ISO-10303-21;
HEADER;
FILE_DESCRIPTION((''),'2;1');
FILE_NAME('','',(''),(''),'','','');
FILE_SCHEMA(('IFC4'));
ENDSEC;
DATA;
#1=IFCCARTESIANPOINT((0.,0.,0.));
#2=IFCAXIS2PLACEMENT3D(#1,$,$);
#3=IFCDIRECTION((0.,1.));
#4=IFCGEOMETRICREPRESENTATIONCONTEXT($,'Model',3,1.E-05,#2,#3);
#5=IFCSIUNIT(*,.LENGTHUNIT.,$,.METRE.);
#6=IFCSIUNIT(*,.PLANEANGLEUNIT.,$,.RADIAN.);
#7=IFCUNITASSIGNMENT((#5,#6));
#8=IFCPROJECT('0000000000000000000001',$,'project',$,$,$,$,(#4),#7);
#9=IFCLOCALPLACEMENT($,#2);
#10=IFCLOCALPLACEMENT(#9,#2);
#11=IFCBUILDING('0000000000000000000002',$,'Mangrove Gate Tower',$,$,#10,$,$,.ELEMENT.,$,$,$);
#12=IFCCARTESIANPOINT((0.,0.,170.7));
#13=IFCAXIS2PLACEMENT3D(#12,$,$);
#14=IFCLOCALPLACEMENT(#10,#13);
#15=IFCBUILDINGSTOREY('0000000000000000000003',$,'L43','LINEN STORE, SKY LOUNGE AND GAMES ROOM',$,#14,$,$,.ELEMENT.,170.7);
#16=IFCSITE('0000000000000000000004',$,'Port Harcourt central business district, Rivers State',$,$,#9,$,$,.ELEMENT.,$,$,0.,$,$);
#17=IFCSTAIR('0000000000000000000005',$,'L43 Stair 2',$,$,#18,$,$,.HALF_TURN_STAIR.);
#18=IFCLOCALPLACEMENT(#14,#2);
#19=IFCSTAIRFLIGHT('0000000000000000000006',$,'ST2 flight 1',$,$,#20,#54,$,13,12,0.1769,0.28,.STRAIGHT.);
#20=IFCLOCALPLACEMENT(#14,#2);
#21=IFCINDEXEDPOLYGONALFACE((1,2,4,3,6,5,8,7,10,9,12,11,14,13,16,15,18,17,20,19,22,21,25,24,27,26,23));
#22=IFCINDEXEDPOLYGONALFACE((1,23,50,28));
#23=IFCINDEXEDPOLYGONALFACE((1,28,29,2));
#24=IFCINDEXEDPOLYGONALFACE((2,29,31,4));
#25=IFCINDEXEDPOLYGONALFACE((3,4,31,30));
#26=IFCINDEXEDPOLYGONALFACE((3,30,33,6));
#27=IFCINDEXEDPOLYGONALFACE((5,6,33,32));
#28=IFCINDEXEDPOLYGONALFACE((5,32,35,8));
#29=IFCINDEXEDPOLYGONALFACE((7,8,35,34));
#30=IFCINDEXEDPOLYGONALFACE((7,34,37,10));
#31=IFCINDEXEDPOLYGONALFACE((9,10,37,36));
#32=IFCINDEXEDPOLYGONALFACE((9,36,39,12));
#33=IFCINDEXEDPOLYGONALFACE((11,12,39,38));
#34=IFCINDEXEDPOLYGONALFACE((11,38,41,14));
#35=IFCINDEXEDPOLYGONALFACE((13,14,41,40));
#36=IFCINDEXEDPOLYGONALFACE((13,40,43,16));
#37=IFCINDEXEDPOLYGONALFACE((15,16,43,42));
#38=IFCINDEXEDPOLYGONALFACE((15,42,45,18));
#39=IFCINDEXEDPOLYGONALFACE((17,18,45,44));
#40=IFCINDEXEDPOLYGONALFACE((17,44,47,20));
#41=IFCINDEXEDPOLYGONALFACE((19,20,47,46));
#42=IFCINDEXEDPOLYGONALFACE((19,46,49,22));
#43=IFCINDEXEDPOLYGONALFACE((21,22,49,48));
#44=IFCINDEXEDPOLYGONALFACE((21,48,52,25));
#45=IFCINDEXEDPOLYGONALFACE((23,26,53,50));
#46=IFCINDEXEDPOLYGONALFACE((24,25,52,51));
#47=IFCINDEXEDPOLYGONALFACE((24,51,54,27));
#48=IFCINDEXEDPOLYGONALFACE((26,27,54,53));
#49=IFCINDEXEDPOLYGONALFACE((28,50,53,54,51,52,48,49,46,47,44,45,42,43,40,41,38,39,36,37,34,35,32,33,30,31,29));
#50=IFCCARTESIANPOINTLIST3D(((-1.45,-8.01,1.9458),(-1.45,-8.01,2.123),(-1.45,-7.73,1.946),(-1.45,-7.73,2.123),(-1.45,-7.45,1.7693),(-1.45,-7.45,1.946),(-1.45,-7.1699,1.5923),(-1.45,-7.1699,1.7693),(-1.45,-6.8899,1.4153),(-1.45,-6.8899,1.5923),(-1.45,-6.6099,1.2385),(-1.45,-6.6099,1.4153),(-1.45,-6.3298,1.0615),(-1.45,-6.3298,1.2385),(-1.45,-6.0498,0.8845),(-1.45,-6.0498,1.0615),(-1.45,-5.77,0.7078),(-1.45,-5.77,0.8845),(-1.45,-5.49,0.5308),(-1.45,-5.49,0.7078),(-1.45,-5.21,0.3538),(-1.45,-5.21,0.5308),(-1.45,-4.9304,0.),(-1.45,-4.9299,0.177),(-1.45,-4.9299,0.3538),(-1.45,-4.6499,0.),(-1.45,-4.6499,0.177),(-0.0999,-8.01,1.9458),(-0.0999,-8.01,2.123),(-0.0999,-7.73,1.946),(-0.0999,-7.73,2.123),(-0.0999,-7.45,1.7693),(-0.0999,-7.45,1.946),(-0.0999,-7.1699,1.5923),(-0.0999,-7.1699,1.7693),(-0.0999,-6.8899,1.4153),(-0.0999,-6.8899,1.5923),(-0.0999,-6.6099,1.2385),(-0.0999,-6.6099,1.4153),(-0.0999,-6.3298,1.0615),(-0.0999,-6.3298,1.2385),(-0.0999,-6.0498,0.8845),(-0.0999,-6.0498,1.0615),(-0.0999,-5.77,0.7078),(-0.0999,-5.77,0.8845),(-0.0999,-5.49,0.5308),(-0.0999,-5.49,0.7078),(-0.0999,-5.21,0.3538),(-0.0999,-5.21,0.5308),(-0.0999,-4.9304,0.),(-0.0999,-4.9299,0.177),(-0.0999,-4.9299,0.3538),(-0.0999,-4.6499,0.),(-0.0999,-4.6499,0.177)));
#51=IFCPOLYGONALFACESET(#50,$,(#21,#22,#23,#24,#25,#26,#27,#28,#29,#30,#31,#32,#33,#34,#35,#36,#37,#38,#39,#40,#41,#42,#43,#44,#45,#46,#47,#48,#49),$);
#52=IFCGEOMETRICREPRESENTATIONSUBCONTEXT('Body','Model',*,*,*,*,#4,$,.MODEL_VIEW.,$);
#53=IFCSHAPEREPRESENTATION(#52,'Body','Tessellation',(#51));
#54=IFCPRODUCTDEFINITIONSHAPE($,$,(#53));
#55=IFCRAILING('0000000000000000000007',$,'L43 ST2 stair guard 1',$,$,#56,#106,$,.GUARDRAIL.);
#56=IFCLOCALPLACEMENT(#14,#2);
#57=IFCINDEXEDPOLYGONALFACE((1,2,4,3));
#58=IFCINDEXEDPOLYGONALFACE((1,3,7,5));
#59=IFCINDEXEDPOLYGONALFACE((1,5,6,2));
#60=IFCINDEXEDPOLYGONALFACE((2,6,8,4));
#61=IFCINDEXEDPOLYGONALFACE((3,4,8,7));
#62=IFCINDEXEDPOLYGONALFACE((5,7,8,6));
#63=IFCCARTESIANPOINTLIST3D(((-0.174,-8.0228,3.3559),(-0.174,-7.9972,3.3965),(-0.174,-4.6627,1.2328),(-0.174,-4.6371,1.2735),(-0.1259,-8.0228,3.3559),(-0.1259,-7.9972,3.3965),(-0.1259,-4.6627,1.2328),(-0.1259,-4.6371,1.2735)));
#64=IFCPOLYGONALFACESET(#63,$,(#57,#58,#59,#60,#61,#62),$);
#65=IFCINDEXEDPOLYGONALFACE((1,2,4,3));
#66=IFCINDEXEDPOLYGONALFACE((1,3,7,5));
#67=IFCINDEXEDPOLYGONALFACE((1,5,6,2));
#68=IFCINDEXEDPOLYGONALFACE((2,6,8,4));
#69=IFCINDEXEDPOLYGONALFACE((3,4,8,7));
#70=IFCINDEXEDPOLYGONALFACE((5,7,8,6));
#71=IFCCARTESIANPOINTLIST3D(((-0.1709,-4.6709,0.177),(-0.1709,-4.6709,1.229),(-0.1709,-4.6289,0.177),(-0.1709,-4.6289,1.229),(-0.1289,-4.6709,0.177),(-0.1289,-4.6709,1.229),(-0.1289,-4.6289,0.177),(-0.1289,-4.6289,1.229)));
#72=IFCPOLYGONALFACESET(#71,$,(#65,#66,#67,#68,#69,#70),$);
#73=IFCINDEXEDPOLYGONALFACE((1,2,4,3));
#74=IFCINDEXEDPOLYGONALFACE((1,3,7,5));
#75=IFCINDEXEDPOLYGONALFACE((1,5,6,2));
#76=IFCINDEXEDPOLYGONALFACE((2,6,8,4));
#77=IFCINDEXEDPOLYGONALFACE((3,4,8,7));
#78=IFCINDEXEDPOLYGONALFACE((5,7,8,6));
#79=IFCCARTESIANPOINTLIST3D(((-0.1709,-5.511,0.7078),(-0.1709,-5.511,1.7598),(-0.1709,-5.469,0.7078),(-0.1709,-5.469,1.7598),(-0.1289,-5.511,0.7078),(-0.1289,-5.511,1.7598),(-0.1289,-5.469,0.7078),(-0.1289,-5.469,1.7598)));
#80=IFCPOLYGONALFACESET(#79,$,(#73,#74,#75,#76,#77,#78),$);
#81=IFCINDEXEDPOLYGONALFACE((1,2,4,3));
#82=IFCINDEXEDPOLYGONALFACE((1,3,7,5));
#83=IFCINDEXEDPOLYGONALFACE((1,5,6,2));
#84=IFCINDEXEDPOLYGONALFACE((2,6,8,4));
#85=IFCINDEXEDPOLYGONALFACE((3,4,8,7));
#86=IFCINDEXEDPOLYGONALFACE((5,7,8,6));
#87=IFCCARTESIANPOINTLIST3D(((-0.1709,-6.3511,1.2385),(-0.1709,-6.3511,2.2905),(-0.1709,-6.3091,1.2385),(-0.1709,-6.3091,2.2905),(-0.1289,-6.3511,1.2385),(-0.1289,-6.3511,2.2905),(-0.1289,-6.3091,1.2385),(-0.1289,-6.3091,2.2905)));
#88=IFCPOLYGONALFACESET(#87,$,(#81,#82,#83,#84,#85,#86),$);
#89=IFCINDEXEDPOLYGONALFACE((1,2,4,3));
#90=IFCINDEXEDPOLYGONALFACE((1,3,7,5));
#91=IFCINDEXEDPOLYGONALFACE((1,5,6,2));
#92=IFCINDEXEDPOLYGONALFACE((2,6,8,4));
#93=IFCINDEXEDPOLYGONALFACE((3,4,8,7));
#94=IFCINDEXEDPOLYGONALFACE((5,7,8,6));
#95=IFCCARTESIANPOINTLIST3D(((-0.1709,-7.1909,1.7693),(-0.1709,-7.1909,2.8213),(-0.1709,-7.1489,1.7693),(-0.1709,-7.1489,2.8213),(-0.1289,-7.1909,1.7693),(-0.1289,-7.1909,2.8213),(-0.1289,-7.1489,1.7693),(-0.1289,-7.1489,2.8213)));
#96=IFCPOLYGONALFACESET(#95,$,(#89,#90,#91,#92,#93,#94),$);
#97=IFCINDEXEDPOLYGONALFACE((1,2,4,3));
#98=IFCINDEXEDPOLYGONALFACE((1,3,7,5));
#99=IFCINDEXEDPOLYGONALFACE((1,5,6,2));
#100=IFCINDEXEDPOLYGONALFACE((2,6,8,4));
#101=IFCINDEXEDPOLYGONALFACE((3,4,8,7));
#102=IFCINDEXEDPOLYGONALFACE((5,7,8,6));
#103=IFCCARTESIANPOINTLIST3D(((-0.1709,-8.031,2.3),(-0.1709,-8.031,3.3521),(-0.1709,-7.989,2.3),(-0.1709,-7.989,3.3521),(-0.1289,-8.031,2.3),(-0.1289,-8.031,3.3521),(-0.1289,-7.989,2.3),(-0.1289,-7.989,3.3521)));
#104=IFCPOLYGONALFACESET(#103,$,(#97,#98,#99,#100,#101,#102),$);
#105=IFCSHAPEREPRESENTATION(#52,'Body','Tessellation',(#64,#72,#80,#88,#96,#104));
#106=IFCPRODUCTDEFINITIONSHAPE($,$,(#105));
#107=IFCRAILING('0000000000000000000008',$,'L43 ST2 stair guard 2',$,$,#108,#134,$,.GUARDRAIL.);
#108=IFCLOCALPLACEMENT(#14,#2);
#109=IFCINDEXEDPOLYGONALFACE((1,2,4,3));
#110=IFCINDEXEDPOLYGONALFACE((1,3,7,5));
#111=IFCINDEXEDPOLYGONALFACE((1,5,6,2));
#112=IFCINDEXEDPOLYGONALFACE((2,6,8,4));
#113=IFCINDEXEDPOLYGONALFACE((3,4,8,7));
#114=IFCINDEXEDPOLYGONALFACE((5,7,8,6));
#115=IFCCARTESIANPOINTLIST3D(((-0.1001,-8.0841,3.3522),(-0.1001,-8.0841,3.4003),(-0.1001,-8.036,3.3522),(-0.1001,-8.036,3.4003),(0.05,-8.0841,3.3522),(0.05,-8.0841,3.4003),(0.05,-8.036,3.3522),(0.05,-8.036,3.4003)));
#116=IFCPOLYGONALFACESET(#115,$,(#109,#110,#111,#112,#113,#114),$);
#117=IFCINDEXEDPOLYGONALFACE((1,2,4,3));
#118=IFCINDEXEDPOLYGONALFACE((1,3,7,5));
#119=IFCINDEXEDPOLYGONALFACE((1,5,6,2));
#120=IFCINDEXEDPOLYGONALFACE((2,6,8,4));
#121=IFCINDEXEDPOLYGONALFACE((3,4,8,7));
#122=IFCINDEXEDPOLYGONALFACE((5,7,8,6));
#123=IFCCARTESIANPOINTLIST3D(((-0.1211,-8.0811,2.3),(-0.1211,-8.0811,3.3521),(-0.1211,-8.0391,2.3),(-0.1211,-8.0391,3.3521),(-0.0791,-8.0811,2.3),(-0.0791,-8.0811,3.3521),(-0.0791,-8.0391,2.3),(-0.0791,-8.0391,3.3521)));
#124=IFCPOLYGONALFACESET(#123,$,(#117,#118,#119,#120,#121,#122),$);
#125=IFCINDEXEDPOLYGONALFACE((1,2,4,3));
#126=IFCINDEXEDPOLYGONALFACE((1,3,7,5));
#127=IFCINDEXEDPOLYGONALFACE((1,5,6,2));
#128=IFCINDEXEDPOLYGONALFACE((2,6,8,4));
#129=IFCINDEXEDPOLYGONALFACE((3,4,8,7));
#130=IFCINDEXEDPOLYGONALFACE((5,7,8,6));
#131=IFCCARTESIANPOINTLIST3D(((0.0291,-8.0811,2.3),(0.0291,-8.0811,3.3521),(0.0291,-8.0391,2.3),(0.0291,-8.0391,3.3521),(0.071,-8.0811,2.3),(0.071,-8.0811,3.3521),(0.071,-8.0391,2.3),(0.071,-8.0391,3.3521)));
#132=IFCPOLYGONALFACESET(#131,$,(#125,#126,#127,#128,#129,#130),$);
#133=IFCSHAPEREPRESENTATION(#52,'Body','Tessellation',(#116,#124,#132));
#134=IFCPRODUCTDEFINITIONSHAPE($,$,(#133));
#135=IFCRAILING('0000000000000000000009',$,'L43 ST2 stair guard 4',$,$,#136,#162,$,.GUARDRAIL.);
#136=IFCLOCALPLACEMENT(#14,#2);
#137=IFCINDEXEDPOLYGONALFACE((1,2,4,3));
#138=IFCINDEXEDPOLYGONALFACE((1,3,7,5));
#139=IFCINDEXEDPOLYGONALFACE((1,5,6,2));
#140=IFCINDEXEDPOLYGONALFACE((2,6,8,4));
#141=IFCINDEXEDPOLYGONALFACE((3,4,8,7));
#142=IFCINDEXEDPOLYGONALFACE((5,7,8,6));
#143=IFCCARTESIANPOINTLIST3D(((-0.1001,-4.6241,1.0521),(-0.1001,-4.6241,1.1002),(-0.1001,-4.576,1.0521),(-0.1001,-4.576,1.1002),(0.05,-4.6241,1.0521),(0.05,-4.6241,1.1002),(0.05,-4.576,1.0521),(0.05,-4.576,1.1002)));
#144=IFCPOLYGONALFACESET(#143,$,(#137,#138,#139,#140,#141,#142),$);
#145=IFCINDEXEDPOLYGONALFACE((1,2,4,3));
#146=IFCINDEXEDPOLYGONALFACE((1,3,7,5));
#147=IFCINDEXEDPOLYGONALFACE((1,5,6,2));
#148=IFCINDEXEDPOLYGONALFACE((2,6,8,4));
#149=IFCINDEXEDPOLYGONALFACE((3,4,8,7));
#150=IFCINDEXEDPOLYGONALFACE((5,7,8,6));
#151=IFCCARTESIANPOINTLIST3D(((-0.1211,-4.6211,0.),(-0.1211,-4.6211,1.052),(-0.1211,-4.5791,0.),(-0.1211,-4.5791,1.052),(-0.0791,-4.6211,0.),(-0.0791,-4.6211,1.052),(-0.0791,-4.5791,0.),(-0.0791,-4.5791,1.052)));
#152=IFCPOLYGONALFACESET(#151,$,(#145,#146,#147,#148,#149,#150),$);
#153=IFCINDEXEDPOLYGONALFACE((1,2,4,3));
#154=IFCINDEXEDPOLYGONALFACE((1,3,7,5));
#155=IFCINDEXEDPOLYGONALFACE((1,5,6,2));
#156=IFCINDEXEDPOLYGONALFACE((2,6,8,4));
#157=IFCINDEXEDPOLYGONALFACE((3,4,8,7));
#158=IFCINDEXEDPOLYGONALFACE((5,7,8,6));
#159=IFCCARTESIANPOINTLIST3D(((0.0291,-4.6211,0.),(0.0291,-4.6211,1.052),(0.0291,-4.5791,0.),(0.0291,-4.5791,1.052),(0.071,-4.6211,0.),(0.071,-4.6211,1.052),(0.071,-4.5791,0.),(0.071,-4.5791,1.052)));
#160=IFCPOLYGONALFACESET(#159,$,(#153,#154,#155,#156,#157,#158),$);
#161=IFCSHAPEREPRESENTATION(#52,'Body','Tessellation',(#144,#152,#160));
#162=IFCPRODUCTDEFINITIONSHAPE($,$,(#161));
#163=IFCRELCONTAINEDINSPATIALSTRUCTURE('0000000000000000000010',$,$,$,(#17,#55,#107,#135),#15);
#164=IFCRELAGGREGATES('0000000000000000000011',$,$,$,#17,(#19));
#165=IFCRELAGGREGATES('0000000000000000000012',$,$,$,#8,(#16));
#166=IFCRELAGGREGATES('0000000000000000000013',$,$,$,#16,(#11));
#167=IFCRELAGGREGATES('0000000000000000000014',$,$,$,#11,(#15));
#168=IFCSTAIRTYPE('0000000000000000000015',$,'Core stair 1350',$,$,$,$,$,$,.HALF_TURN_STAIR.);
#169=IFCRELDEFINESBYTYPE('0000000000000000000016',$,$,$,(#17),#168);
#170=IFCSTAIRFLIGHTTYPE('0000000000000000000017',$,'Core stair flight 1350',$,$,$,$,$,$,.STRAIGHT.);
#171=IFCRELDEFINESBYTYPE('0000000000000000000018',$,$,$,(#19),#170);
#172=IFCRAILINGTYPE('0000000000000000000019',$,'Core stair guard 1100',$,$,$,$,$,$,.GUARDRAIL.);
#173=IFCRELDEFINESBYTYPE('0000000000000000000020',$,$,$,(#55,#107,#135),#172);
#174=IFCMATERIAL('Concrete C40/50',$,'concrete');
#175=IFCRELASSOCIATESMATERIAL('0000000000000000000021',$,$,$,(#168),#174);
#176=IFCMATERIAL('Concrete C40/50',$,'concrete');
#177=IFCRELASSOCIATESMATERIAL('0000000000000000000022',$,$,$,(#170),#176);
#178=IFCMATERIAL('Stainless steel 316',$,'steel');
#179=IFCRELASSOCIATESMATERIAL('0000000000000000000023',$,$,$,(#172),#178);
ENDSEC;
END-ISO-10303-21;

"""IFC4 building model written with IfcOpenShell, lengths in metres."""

from ifc_helpers import new_model, si_unit, direction, frame, origin, origin_2d, place, context, subcontext, project, spatial, polyline, rectangle, outline, extrude, material, type_object, element, aggregate, save


model = new_model("IFC4")

# Units and contexts
model_context = context("Model", 3, precision=1e-05, world=origin(), true_north=direction((0.0, 1.0)))
body_context = subcontext(model_context, "Body", "Model", "MODEL_VIEW")
ifc_project = project(units=[si_unit("LENGTHUNIT", "METRE"), si_unit("PLANEANGLEUNIT", "RADIAN")], contexts=[model_context])

# Site, building, storey
site_placement = place(None, origin())
site = spatial("IfcSite", under=ifc_project, at=site_placement, Name="Port Harcourt central business district, Rivers State", CompositionType="ELEMENT", RefElevation=0.0)
building_placement = place(site_placement, origin())
building = spatial("IfcBuilding", under=site, at=building_placement, Name="Mangrove Gate Tower", CompositionType="ELEMENT")
storey_placement = place(building_placement, frame((0.0, 0.0, 170.7)))
storey = spatial("IfcBuildingStorey", under=building, at=storey_placement, Name="L43", Description="LINEN STORE, SKY LOUNGE AND GAMES ROOM", CompositionType="ELEMENT", Elevation=170.7)

# Stair, stair flight
ifc_material_1 = material(Name="Concrete C40/50", Category="concrete")
stair_type = type_object("IfcStairType", Name="Core stair 1350", PredefinedType="HALF_TURN_STAIR", material=ifc_material_1)
ifc_material_2 = material(Name="Concrete C40/50", Category="concrete")
stair_flight_type = type_object("IfcStairFlightType", Name="Core stair flight 1350", PredefinedType="STRAIGHT", material=ifc_material_2)
stair_1_placement = place(storey_placement, origin())
stair_1 = element("IfcStair", 1, at=stair_1_placement, inside=storey, type_object=stair_type, Name="L43 Stair 2", PredefinedType="HALF_TURN_STAIR")
stair_flight_1_placement = place(storey_placement, frame((-0.7749, -4.6499, 0.0), z_axis=(0.0, 0.0, 1.0), x_axis=(0.0, -1.0, 0.0)))
stair_flight_1 = element("IfcStairFlight", 2, at=stair_flight_1_placement, type_object=stair_flight_type, Name="ST2 flight 1", NumberOfRisers=13, NumberOfTreads=12, PredefinedType="STRAIGHT", RiserHeight=0.1769, TreadLength=0.28, context=body_context, shape_type="SweptSolid", body=[
    extrude(outline(polyline([(0.0, 0.0), (0.0, 0.177), (0.28, 0.177), (0.28, 0.3538), (0.5601, 0.3538), (0.5601, 0.5308), (0.8401, 0.5308), (0.8401, 0.7078), (1.1201, 0.7078), (1.1201, 0.8845), (1.3999, 0.8845), (1.3999, 1.0615), (1.6799, 1.0615), (1.6799, 1.2385), (1.96, 1.2385), (1.96, 1.4153), (2.24, 1.4153), (2.24, 1.5923), (2.52, 1.5923), (2.52, 1.7693), (2.8, 1.7693), (2.8, 1.946), (3.0801, 1.946), (3.0801, 2.123), (3.3601, 2.123), (3.3601, 2.3), (3.3601, 1.9458), (0.2805, 0.0), (0.0, 0.0)])), frame((0.0, 0.675, 0.0), z_axis=(0.0, -1.0, 0.0), x_axis=(1.0, 0.0, 0.0)), (0.0, 0.0, 1.0), 1.3501),
])
aggregate(stair_1, [stair_flight_1])

# Railings
ifc_material_3 = material(Name="Stainless steel 316", Category="steel")
railing_type_1 = type_object("IfcRailingType", Name="Core stair guard 1100", PredefinedType="GUARDRAIL", material=ifc_material_3)
railing_1_placement = place(storey_placement, frame((-0.1499, -4.6499, 0.177)))
element("IfcRailing", 3, at=railing_1_placement, inside=storey, type_object=railing_type_1, Name="L43 ST2 stair guard 1", PredefinedType="GUARDRAIL", context=body_context, shape_type="SweptSolid", body=[
    extrude(rectangle(XDim=0.0481, YDim=0.0481, at=origin_2d()), frame((0.0, 0.0, 1.0762), z_axis=(0.0, -0.84539, 0.53415), x_axis=(1.0, 0.0, 0.0)), (0.0, 0.0, 1.0), 3.9746),
    extrude(rectangle(XDim=0.042, YDim=0.042, at=origin_2d()), origin(), (0.0, 0.0, 1.0), 1.052),
    extrude(rectangle(XDim=0.042, YDim=0.042, at=origin_2d()), frame((0.0, -0.8401, 0.5308)), (0.0, 0.0, 1.0), 1.052),
    extrude(rectangle(XDim=0.042, YDim=0.042, at=origin_2d()), frame((0.0, -1.6802, 1.0615)), (0.0, 0.0, 1.0), 1.052),
    extrude(rectangle(XDim=0.042, YDim=0.042, at=origin_2d()), frame((0.0, -2.52, 1.5923)), (0.0, 0.0, 1.0), 1.052),
    extrude(rectangle(XDim=0.042, YDim=0.042, at=origin_2d()), frame((0.0, -3.3601, 2.123)), (0.0, 0.0, 1.0), 1.052),
])
for number, where, name in (
    (4, (-0.1001, -8.0601, 2.3), "L43 ST2 stair guard 2"),
    (5, (-0.1001, -4.6001, 0.0), "L43 ST2 stair guard 4"),
):
    element("IfcRailing", number, at=place(storey_placement, frame(where)), inside=storey, type_object=railing_type_1, Name=name, PredefinedType="GUARDRAIL", context=body_context, shape_type="SweptSolid", body=[
        extrude(rectangle(XDim=0.0481, YDim=0.0481, at=origin_2d()), frame((0.0, 0.0, 1.0762), z_axis=(1.0, 0.0, 0.0), x_axis=(0.0, 1.0, 0.0)), (0.0, 0.0, 1.0), 0.1501),
        extrude(rectangle(XDim=0.042, YDim=0.042, at=origin_2d()), origin(), (0.0, 0.0, 1.0), 1.052),
        extrude(rectangle(XDim=0.042, YDim=0.042, at=origin_2d()), frame((0.1501, 0.0, 0.0)), (0.0, 0.0, 1.0), 1.052),
    ])

save(model, "model.ifc")
